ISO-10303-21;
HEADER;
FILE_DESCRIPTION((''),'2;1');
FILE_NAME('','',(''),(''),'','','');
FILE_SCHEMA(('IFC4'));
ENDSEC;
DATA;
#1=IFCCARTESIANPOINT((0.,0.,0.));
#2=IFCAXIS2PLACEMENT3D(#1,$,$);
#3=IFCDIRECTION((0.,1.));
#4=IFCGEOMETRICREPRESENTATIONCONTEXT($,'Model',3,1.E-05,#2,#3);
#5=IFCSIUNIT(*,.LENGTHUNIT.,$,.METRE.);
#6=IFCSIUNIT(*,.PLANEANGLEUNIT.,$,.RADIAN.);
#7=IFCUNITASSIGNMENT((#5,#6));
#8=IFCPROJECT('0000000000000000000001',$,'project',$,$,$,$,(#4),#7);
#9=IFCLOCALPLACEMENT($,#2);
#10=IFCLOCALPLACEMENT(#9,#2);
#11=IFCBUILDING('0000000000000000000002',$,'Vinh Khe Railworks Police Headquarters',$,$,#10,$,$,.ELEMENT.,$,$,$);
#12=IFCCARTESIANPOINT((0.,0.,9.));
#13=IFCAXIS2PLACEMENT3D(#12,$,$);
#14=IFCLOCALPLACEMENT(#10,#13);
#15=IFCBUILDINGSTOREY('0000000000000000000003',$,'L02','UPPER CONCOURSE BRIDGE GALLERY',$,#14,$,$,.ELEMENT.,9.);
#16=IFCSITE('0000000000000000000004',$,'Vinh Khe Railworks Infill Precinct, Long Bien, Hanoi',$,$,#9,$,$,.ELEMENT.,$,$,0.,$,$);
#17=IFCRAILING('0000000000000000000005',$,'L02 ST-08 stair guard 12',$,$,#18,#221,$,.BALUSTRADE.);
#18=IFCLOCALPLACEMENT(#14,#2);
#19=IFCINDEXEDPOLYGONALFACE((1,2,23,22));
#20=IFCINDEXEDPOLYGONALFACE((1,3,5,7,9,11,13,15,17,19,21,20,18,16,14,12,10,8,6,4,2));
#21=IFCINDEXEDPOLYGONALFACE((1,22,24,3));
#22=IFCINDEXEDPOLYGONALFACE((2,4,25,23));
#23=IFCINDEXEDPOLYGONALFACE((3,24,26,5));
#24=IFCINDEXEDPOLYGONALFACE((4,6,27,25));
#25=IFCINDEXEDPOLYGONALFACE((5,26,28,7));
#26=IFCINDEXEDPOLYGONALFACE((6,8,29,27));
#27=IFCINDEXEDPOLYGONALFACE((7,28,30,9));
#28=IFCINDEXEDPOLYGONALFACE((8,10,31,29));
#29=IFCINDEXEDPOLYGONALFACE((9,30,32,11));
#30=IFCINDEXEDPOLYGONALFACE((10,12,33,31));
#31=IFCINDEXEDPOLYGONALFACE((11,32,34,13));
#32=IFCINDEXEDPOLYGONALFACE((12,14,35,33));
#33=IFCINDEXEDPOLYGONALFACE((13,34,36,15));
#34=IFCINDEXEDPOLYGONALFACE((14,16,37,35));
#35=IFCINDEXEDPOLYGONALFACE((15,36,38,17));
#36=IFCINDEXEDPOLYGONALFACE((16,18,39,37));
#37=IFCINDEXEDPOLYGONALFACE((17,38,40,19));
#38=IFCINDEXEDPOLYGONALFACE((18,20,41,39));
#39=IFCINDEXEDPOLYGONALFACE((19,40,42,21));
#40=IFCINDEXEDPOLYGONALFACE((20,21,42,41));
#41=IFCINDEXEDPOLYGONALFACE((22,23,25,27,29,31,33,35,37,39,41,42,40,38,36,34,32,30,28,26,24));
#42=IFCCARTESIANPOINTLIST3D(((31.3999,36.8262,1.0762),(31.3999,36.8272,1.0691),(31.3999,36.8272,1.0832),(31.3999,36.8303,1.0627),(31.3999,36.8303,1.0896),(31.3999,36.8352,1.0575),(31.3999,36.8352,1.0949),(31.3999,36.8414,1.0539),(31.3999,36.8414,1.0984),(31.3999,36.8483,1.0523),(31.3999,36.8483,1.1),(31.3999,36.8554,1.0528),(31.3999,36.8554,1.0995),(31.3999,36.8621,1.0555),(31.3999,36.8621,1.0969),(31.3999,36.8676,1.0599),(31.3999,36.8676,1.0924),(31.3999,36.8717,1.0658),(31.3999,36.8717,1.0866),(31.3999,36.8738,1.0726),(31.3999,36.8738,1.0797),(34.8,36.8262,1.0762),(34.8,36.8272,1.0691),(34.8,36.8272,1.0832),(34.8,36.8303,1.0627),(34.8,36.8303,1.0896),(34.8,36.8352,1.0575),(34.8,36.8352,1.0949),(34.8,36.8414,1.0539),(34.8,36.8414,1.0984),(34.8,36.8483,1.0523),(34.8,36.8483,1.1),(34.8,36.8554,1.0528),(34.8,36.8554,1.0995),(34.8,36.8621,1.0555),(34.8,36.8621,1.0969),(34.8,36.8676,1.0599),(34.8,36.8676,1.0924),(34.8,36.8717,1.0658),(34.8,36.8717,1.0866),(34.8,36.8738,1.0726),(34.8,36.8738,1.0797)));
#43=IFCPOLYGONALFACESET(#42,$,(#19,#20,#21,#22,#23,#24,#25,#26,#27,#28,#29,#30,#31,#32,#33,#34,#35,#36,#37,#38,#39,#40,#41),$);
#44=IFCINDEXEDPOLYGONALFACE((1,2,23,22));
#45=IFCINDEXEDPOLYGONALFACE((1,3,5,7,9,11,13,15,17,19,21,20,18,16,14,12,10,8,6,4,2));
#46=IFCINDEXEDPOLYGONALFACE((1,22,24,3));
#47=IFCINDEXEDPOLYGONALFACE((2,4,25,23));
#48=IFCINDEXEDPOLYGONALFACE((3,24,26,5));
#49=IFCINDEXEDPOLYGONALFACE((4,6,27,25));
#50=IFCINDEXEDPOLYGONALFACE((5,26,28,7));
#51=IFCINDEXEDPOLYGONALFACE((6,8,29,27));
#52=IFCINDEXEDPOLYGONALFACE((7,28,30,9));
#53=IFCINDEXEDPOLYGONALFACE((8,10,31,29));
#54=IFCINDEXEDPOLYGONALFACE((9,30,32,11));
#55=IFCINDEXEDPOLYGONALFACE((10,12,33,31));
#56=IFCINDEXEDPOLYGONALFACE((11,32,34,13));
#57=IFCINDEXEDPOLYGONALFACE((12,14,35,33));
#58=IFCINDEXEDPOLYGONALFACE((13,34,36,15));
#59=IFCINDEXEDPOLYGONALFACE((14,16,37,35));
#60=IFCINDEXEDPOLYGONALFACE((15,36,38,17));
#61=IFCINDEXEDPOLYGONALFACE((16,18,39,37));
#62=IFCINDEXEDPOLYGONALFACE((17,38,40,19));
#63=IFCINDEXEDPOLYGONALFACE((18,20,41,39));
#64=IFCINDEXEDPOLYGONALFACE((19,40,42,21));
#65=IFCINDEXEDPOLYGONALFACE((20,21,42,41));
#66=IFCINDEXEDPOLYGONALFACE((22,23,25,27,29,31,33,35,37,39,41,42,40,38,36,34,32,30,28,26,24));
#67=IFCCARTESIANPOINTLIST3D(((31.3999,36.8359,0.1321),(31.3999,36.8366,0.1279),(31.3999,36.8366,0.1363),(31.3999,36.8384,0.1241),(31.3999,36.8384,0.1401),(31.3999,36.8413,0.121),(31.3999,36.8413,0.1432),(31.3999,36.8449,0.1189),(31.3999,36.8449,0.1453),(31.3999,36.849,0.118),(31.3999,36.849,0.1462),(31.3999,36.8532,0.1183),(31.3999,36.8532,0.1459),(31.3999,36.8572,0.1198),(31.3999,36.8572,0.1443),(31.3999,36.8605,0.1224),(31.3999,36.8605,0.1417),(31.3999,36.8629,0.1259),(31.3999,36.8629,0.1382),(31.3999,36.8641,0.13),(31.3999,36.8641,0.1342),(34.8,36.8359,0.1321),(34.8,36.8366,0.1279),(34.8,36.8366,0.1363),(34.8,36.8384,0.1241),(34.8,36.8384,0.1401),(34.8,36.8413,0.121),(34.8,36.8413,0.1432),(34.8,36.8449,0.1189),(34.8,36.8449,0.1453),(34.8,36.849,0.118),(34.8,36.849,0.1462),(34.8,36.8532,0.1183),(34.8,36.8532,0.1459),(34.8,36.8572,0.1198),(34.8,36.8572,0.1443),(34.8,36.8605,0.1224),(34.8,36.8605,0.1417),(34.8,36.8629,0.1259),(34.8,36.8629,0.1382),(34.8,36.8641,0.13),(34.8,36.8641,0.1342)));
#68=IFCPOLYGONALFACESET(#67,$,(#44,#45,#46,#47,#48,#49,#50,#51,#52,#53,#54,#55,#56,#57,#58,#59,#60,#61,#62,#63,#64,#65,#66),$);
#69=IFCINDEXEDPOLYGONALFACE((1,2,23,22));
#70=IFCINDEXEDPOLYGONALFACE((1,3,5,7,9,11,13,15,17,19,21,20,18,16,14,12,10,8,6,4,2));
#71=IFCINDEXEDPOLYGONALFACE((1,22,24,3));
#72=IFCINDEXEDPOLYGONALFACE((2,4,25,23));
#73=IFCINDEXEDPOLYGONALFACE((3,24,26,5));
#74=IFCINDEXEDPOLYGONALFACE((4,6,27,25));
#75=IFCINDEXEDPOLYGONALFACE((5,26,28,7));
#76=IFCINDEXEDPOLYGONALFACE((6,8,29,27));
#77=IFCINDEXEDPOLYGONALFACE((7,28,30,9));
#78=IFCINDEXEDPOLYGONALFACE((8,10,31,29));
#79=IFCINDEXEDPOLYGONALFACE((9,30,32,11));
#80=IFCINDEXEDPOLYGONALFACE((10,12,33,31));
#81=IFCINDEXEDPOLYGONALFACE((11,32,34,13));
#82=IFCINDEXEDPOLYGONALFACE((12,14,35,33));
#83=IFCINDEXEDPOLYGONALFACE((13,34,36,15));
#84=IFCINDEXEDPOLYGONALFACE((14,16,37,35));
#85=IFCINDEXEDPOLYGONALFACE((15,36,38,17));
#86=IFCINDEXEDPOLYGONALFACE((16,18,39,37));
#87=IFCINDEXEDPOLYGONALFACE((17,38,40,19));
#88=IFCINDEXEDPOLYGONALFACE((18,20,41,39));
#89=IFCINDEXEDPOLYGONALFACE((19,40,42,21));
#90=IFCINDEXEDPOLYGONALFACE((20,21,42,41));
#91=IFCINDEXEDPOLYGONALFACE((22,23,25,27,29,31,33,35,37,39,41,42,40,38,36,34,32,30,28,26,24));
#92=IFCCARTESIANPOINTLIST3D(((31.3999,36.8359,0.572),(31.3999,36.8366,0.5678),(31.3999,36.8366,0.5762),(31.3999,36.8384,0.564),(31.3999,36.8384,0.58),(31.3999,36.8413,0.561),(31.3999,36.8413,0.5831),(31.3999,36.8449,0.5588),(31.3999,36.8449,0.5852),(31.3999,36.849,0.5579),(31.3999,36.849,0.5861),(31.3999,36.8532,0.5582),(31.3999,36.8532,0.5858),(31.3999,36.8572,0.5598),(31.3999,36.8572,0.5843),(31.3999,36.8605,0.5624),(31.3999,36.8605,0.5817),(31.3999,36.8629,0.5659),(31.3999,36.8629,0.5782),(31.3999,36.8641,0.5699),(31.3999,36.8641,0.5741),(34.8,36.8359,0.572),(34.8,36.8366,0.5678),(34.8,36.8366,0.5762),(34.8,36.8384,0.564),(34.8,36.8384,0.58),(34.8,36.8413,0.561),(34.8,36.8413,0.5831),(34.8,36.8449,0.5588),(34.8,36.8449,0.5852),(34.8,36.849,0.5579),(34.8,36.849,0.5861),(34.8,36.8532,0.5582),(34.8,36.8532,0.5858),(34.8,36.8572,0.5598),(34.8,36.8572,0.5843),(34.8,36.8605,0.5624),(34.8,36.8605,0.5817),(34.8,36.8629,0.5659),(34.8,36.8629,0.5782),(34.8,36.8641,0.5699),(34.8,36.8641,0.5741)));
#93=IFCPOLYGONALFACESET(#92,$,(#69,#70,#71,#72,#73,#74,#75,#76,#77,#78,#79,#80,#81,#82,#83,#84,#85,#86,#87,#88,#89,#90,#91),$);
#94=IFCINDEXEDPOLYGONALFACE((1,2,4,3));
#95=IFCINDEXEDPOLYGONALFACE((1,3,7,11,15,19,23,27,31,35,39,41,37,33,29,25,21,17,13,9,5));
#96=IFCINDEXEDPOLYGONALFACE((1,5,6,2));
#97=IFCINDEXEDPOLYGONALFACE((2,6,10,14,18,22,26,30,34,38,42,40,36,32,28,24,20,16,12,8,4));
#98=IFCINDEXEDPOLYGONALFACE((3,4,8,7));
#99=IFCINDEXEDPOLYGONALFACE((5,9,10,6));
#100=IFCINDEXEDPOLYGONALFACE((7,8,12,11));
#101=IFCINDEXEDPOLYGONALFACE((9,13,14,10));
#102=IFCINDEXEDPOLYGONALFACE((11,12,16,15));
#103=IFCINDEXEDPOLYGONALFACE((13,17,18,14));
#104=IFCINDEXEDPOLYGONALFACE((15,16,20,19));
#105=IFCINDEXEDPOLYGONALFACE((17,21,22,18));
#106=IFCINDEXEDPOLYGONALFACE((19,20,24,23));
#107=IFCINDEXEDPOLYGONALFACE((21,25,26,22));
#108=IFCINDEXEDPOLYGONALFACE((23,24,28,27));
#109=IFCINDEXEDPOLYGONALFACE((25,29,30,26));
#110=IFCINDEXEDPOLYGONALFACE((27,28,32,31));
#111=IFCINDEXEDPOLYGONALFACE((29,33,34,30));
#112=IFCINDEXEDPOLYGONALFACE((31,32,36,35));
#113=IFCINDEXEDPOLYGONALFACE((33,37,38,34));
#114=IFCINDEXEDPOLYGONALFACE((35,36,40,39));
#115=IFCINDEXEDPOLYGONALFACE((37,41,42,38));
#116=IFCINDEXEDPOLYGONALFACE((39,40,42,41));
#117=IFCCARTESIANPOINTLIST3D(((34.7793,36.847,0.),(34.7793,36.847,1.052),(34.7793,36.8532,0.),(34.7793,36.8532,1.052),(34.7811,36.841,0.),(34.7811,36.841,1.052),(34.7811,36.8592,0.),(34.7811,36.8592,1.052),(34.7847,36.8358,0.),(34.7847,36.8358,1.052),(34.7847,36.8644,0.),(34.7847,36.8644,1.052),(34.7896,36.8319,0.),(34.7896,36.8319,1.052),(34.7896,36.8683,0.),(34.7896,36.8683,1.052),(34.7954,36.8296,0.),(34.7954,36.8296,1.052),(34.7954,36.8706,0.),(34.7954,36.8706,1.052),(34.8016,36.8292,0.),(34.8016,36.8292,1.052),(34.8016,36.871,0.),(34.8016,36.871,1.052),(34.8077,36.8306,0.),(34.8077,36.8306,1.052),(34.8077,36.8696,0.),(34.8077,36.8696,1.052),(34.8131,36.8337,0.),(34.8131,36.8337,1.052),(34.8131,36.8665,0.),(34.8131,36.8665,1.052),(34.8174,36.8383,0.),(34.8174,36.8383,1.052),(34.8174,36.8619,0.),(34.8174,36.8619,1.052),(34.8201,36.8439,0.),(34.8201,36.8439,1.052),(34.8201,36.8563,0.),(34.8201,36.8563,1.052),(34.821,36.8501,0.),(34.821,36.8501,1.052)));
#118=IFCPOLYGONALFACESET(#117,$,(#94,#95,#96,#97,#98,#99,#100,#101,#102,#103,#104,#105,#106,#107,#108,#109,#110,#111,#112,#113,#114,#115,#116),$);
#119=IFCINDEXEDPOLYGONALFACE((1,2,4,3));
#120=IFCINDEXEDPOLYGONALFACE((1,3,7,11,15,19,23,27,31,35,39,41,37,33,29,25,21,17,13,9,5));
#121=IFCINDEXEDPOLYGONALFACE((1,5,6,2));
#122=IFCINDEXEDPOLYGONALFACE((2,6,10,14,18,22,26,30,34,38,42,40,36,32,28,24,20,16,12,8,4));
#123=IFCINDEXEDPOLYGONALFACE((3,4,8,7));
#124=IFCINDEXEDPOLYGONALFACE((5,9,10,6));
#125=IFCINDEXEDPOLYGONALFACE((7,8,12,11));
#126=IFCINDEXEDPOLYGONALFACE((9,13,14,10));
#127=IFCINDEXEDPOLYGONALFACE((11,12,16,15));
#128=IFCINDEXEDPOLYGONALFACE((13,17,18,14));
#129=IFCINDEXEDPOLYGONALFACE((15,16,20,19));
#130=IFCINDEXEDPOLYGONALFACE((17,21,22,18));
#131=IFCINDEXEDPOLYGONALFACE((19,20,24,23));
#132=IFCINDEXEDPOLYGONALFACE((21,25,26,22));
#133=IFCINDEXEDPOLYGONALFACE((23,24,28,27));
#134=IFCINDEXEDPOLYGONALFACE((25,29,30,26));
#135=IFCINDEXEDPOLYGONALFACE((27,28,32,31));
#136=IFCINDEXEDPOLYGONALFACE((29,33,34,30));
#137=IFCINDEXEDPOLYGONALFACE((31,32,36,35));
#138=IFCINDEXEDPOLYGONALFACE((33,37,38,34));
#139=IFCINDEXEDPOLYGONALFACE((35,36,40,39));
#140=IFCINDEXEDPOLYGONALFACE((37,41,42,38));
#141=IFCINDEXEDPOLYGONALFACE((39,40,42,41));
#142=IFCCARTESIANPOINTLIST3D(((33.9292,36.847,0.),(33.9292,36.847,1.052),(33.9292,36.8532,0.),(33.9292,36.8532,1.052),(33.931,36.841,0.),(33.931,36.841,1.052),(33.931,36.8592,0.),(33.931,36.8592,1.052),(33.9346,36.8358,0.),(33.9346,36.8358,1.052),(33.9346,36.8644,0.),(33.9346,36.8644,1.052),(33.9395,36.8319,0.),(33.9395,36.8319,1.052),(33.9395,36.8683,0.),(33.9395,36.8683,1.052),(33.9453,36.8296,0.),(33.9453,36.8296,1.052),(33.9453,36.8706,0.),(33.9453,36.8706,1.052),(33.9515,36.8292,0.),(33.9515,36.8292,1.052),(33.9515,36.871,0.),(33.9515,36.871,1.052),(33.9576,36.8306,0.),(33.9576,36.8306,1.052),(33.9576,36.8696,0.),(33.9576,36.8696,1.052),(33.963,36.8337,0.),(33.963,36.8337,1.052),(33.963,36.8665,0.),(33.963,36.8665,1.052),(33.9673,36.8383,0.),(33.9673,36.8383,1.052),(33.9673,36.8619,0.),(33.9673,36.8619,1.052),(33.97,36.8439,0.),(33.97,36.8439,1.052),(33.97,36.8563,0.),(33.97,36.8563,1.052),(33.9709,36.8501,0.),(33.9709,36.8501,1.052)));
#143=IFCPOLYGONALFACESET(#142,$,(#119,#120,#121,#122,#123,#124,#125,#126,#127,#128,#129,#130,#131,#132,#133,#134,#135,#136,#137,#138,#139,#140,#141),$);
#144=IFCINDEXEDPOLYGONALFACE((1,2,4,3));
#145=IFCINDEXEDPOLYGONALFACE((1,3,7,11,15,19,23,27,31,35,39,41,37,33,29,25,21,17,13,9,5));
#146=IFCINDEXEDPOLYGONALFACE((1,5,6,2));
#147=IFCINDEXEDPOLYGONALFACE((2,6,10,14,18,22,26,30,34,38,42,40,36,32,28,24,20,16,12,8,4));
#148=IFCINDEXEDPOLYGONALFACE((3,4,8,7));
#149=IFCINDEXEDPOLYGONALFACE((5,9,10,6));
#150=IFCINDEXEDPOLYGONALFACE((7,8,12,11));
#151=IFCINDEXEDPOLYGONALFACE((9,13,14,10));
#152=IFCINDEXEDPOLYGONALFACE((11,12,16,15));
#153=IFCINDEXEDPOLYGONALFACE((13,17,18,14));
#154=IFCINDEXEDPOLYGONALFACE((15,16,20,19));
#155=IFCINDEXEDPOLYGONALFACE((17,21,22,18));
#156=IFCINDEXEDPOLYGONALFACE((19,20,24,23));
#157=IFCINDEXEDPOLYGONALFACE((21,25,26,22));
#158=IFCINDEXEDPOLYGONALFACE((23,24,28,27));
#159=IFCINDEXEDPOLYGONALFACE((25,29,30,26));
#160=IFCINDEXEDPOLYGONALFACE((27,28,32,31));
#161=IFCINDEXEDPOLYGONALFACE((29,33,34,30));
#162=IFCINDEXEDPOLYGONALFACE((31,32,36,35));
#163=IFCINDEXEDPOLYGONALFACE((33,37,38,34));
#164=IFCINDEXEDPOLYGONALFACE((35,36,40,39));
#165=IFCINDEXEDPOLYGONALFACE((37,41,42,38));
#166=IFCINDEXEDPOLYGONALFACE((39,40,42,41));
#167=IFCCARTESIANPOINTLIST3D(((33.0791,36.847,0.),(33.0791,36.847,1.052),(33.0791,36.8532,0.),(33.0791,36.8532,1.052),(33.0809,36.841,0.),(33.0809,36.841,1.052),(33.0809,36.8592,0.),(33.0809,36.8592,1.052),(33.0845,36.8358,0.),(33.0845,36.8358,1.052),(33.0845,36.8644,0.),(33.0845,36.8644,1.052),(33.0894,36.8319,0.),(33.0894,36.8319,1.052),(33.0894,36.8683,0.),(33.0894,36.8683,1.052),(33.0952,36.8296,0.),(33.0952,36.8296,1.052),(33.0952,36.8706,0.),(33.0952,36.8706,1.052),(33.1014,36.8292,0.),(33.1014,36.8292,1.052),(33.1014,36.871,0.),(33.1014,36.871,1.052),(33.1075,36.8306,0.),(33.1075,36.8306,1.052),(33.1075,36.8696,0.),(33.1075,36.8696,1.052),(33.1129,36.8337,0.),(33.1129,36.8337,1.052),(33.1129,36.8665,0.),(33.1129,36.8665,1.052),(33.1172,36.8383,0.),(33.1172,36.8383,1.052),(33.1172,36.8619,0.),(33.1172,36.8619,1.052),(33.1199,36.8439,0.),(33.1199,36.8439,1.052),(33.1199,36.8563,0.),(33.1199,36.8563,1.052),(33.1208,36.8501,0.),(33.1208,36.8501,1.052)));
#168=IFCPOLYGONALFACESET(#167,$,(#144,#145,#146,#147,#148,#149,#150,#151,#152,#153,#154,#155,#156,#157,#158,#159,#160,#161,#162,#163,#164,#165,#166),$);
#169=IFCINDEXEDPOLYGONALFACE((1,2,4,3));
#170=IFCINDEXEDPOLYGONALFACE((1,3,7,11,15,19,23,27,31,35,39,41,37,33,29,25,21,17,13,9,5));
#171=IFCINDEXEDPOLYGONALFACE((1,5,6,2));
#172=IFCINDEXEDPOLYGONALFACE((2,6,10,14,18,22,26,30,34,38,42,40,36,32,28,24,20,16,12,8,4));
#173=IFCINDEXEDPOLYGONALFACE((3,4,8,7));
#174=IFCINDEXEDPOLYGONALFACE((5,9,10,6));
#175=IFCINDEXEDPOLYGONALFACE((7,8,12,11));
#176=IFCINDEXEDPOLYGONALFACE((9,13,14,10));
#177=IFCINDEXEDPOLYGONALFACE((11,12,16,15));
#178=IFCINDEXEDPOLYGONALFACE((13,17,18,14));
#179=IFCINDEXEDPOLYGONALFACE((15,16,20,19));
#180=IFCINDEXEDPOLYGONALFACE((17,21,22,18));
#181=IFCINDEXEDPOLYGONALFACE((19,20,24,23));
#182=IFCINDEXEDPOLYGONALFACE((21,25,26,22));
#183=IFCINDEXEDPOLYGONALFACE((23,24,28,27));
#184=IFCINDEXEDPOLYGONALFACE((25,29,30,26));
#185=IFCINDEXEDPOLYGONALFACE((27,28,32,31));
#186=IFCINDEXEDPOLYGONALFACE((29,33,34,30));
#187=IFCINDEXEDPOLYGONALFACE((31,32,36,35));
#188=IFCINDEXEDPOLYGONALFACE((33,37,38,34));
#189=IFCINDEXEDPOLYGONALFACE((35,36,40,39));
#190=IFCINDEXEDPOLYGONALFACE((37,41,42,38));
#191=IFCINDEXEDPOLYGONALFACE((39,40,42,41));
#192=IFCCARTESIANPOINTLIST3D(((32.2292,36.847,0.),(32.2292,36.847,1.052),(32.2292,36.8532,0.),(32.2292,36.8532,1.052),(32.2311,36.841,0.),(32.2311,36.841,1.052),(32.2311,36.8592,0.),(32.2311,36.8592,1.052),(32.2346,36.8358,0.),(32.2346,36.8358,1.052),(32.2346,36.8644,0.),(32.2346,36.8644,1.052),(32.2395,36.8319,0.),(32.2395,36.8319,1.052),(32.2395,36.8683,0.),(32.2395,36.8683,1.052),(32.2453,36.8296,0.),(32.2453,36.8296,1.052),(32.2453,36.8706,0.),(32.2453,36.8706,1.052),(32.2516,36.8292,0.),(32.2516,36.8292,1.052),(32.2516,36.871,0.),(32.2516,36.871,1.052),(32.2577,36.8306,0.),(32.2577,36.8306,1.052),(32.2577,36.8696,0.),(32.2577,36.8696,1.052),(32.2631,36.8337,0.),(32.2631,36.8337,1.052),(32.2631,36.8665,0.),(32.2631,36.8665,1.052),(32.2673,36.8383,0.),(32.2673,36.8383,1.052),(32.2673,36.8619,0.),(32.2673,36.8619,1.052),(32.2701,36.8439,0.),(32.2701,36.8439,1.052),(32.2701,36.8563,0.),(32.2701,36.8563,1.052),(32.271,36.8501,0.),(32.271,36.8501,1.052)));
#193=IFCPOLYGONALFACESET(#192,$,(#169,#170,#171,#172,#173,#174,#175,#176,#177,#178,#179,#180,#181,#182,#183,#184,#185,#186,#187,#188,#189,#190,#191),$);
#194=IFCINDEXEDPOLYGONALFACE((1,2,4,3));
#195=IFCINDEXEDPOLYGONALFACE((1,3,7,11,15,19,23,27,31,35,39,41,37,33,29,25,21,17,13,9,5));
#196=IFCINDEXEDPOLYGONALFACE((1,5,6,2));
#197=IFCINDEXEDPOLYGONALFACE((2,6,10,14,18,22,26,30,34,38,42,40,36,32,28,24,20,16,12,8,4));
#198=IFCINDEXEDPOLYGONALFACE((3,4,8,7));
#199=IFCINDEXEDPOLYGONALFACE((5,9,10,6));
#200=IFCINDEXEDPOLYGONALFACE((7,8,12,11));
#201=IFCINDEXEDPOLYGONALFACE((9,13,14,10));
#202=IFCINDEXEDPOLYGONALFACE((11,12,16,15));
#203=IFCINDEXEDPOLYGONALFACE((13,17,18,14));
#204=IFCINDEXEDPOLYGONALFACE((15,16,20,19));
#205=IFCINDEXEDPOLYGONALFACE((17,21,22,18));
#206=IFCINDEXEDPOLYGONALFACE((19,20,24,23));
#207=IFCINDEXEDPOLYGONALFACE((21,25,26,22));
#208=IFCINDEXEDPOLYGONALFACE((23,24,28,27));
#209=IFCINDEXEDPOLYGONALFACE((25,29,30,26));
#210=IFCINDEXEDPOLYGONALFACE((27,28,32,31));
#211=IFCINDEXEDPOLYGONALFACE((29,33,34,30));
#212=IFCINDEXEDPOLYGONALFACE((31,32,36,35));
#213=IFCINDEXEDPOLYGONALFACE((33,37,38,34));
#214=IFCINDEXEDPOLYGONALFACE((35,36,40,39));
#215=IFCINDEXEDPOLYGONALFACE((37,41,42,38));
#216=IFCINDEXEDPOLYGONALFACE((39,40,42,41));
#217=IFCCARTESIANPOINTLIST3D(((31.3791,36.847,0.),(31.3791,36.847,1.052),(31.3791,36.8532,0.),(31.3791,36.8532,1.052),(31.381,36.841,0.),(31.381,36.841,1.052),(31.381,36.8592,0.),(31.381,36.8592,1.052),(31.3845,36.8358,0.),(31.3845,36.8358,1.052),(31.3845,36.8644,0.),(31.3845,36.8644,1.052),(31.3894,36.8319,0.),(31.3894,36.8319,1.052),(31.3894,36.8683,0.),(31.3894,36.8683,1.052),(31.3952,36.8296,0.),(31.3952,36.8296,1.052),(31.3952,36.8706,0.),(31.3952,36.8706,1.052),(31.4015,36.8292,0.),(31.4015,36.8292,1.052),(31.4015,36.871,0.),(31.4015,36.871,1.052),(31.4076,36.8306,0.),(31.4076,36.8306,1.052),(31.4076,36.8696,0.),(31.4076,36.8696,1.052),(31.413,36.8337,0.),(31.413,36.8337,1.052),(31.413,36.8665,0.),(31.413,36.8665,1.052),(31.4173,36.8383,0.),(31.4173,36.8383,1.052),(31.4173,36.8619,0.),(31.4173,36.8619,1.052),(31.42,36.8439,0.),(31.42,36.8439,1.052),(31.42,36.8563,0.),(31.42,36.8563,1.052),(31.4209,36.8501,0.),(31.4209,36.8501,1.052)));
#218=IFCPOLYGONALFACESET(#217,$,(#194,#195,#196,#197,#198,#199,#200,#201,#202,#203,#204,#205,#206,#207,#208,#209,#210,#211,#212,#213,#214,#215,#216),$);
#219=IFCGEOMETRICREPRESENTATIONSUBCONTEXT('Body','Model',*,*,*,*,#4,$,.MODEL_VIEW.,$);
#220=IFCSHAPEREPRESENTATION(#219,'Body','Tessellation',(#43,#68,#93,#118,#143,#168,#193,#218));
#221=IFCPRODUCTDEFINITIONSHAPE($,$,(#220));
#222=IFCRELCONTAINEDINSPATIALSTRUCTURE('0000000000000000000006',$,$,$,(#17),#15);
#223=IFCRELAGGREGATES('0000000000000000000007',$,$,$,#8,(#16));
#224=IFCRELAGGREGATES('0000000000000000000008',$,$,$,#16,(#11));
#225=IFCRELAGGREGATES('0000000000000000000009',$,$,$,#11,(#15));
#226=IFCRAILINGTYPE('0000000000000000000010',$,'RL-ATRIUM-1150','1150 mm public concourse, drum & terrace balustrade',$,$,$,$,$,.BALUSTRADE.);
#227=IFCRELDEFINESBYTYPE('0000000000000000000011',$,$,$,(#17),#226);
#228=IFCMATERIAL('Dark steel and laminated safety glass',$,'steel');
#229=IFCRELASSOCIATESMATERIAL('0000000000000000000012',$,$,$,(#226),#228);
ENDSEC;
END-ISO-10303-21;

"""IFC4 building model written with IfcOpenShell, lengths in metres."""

from ifc_helpers import new_model, si_unit, direction, frame, origin, origin_2d, place, context, subcontext, project, spatial, circle, extrude, material, type_object, element, save


model = new_model("IFC4")

# Units and contexts
model_context = context("Model", 3, precision=1e-05, world=origin(), true_north=direction((0.0, 1.0)))
body_context = subcontext(model_context, "Body", "Model", "MODEL_VIEW")
ifc_project = project(units=[si_unit("LENGTHUNIT", "METRE"), si_unit("PLANEANGLEUNIT", "RADIAN")], contexts=[model_context])

# Site, building, storey
site_placement = place(None, origin())
site = spatial("IfcSite", under=ifc_project, at=site_placement, Name="Vinh Khe Railworks Infill Precinct, Long Bien, Hanoi", CompositionType="ELEMENT", RefElevation=0.0)
building_placement = place(site_placement, origin())
building = spatial("IfcBuilding", under=site, at=building_placement, Name="Vinh Khe Railworks Police Headquarters", CompositionType="ELEMENT")
storey_placement = place(building_placement, frame((0.0, 0.0, 9.0)))
storey = spatial("IfcBuildingStorey", under=building, at=storey_placement, Name="L02", Description="UPPER CONCOURSE BRIDGE GALLERY", CompositionType="ELEMENT", Elevation=9.0)

# Railing
ifc_material_1 = material(Name="Dark steel and laminated safety glass", Category="steel")
railing_type_1 = type_object("IfcRailingType", Name="RL-ATRIUM-1150", Description="1150 mm public concourse, drum & terrace balustrade", PredefinedType="BALUSTRADE", material=ifc_material_1)
railing_1_placement = place(storey_placement, frame((34.8, 36.8501, 0.0)))
element("IfcRailing", 1, at=railing_1_placement, inside=storey, type_object=railing_type_1, Name="L02 ST-08 stair guard 12", PredefinedType="BALUSTRADE", context=body_context, shape_type="SweptSolid", body=[
    extrude(circle(Radius=0.0239, at=origin_2d()), frame((0.0, 0.0, 1.0762), z_axis=(-1.0, 0.0, 0.0), x_axis=(0.0, -1.0, 0.0)), (0.0, 0.0, 1.0), 3.4001),
    extrude(circle(Radius=0.0142, at=origin_2d()), frame((0.0, 0.0, 0.1321), z_axis=(-1.0, 0.0, 0.0), x_axis=(0.0, -1.0, 0.0)), (0.0, 0.0, 1.0), 3.4001),
    extrude(circle(Radius=0.0142, at=origin_2d()), frame((0.0, 0.0, 0.572), z_axis=(-1.0, 0.0, 0.0), x_axis=(0.0, -1.0, 0.0)), (0.0, 0.0, 1.0), 3.4001),
    extrude(circle(Radius=0.021, at=origin_2d()), origin(), (0.0, 0.0, 1.0), 1.052),
    extrude(circle(Radius=0.021, at=origin_2d()), frame((-0.8501, 0.0, 0.0)), (0.0, 0.0, 1.0), 1.052),
    extrude(circle(Radius=0.021, at=origin_2d()), frame((-1.7002, 0.0, 0.0)), (0.0, 0.0, 1.0), 1.052),
    extrude(circle(Radius=0.021, at=origin_2d()), frame((-2.55, 0.0, 0.0)), (0.0, 0.0, 1.0), 1.052),
    extrude(circle(Radius=0.021, at=origin_2d()), frame((-3.4001, 0.0, 0.0)), (0.0, 0.0, 1.0), 1.052),
])

save(model, "model.ifc")
